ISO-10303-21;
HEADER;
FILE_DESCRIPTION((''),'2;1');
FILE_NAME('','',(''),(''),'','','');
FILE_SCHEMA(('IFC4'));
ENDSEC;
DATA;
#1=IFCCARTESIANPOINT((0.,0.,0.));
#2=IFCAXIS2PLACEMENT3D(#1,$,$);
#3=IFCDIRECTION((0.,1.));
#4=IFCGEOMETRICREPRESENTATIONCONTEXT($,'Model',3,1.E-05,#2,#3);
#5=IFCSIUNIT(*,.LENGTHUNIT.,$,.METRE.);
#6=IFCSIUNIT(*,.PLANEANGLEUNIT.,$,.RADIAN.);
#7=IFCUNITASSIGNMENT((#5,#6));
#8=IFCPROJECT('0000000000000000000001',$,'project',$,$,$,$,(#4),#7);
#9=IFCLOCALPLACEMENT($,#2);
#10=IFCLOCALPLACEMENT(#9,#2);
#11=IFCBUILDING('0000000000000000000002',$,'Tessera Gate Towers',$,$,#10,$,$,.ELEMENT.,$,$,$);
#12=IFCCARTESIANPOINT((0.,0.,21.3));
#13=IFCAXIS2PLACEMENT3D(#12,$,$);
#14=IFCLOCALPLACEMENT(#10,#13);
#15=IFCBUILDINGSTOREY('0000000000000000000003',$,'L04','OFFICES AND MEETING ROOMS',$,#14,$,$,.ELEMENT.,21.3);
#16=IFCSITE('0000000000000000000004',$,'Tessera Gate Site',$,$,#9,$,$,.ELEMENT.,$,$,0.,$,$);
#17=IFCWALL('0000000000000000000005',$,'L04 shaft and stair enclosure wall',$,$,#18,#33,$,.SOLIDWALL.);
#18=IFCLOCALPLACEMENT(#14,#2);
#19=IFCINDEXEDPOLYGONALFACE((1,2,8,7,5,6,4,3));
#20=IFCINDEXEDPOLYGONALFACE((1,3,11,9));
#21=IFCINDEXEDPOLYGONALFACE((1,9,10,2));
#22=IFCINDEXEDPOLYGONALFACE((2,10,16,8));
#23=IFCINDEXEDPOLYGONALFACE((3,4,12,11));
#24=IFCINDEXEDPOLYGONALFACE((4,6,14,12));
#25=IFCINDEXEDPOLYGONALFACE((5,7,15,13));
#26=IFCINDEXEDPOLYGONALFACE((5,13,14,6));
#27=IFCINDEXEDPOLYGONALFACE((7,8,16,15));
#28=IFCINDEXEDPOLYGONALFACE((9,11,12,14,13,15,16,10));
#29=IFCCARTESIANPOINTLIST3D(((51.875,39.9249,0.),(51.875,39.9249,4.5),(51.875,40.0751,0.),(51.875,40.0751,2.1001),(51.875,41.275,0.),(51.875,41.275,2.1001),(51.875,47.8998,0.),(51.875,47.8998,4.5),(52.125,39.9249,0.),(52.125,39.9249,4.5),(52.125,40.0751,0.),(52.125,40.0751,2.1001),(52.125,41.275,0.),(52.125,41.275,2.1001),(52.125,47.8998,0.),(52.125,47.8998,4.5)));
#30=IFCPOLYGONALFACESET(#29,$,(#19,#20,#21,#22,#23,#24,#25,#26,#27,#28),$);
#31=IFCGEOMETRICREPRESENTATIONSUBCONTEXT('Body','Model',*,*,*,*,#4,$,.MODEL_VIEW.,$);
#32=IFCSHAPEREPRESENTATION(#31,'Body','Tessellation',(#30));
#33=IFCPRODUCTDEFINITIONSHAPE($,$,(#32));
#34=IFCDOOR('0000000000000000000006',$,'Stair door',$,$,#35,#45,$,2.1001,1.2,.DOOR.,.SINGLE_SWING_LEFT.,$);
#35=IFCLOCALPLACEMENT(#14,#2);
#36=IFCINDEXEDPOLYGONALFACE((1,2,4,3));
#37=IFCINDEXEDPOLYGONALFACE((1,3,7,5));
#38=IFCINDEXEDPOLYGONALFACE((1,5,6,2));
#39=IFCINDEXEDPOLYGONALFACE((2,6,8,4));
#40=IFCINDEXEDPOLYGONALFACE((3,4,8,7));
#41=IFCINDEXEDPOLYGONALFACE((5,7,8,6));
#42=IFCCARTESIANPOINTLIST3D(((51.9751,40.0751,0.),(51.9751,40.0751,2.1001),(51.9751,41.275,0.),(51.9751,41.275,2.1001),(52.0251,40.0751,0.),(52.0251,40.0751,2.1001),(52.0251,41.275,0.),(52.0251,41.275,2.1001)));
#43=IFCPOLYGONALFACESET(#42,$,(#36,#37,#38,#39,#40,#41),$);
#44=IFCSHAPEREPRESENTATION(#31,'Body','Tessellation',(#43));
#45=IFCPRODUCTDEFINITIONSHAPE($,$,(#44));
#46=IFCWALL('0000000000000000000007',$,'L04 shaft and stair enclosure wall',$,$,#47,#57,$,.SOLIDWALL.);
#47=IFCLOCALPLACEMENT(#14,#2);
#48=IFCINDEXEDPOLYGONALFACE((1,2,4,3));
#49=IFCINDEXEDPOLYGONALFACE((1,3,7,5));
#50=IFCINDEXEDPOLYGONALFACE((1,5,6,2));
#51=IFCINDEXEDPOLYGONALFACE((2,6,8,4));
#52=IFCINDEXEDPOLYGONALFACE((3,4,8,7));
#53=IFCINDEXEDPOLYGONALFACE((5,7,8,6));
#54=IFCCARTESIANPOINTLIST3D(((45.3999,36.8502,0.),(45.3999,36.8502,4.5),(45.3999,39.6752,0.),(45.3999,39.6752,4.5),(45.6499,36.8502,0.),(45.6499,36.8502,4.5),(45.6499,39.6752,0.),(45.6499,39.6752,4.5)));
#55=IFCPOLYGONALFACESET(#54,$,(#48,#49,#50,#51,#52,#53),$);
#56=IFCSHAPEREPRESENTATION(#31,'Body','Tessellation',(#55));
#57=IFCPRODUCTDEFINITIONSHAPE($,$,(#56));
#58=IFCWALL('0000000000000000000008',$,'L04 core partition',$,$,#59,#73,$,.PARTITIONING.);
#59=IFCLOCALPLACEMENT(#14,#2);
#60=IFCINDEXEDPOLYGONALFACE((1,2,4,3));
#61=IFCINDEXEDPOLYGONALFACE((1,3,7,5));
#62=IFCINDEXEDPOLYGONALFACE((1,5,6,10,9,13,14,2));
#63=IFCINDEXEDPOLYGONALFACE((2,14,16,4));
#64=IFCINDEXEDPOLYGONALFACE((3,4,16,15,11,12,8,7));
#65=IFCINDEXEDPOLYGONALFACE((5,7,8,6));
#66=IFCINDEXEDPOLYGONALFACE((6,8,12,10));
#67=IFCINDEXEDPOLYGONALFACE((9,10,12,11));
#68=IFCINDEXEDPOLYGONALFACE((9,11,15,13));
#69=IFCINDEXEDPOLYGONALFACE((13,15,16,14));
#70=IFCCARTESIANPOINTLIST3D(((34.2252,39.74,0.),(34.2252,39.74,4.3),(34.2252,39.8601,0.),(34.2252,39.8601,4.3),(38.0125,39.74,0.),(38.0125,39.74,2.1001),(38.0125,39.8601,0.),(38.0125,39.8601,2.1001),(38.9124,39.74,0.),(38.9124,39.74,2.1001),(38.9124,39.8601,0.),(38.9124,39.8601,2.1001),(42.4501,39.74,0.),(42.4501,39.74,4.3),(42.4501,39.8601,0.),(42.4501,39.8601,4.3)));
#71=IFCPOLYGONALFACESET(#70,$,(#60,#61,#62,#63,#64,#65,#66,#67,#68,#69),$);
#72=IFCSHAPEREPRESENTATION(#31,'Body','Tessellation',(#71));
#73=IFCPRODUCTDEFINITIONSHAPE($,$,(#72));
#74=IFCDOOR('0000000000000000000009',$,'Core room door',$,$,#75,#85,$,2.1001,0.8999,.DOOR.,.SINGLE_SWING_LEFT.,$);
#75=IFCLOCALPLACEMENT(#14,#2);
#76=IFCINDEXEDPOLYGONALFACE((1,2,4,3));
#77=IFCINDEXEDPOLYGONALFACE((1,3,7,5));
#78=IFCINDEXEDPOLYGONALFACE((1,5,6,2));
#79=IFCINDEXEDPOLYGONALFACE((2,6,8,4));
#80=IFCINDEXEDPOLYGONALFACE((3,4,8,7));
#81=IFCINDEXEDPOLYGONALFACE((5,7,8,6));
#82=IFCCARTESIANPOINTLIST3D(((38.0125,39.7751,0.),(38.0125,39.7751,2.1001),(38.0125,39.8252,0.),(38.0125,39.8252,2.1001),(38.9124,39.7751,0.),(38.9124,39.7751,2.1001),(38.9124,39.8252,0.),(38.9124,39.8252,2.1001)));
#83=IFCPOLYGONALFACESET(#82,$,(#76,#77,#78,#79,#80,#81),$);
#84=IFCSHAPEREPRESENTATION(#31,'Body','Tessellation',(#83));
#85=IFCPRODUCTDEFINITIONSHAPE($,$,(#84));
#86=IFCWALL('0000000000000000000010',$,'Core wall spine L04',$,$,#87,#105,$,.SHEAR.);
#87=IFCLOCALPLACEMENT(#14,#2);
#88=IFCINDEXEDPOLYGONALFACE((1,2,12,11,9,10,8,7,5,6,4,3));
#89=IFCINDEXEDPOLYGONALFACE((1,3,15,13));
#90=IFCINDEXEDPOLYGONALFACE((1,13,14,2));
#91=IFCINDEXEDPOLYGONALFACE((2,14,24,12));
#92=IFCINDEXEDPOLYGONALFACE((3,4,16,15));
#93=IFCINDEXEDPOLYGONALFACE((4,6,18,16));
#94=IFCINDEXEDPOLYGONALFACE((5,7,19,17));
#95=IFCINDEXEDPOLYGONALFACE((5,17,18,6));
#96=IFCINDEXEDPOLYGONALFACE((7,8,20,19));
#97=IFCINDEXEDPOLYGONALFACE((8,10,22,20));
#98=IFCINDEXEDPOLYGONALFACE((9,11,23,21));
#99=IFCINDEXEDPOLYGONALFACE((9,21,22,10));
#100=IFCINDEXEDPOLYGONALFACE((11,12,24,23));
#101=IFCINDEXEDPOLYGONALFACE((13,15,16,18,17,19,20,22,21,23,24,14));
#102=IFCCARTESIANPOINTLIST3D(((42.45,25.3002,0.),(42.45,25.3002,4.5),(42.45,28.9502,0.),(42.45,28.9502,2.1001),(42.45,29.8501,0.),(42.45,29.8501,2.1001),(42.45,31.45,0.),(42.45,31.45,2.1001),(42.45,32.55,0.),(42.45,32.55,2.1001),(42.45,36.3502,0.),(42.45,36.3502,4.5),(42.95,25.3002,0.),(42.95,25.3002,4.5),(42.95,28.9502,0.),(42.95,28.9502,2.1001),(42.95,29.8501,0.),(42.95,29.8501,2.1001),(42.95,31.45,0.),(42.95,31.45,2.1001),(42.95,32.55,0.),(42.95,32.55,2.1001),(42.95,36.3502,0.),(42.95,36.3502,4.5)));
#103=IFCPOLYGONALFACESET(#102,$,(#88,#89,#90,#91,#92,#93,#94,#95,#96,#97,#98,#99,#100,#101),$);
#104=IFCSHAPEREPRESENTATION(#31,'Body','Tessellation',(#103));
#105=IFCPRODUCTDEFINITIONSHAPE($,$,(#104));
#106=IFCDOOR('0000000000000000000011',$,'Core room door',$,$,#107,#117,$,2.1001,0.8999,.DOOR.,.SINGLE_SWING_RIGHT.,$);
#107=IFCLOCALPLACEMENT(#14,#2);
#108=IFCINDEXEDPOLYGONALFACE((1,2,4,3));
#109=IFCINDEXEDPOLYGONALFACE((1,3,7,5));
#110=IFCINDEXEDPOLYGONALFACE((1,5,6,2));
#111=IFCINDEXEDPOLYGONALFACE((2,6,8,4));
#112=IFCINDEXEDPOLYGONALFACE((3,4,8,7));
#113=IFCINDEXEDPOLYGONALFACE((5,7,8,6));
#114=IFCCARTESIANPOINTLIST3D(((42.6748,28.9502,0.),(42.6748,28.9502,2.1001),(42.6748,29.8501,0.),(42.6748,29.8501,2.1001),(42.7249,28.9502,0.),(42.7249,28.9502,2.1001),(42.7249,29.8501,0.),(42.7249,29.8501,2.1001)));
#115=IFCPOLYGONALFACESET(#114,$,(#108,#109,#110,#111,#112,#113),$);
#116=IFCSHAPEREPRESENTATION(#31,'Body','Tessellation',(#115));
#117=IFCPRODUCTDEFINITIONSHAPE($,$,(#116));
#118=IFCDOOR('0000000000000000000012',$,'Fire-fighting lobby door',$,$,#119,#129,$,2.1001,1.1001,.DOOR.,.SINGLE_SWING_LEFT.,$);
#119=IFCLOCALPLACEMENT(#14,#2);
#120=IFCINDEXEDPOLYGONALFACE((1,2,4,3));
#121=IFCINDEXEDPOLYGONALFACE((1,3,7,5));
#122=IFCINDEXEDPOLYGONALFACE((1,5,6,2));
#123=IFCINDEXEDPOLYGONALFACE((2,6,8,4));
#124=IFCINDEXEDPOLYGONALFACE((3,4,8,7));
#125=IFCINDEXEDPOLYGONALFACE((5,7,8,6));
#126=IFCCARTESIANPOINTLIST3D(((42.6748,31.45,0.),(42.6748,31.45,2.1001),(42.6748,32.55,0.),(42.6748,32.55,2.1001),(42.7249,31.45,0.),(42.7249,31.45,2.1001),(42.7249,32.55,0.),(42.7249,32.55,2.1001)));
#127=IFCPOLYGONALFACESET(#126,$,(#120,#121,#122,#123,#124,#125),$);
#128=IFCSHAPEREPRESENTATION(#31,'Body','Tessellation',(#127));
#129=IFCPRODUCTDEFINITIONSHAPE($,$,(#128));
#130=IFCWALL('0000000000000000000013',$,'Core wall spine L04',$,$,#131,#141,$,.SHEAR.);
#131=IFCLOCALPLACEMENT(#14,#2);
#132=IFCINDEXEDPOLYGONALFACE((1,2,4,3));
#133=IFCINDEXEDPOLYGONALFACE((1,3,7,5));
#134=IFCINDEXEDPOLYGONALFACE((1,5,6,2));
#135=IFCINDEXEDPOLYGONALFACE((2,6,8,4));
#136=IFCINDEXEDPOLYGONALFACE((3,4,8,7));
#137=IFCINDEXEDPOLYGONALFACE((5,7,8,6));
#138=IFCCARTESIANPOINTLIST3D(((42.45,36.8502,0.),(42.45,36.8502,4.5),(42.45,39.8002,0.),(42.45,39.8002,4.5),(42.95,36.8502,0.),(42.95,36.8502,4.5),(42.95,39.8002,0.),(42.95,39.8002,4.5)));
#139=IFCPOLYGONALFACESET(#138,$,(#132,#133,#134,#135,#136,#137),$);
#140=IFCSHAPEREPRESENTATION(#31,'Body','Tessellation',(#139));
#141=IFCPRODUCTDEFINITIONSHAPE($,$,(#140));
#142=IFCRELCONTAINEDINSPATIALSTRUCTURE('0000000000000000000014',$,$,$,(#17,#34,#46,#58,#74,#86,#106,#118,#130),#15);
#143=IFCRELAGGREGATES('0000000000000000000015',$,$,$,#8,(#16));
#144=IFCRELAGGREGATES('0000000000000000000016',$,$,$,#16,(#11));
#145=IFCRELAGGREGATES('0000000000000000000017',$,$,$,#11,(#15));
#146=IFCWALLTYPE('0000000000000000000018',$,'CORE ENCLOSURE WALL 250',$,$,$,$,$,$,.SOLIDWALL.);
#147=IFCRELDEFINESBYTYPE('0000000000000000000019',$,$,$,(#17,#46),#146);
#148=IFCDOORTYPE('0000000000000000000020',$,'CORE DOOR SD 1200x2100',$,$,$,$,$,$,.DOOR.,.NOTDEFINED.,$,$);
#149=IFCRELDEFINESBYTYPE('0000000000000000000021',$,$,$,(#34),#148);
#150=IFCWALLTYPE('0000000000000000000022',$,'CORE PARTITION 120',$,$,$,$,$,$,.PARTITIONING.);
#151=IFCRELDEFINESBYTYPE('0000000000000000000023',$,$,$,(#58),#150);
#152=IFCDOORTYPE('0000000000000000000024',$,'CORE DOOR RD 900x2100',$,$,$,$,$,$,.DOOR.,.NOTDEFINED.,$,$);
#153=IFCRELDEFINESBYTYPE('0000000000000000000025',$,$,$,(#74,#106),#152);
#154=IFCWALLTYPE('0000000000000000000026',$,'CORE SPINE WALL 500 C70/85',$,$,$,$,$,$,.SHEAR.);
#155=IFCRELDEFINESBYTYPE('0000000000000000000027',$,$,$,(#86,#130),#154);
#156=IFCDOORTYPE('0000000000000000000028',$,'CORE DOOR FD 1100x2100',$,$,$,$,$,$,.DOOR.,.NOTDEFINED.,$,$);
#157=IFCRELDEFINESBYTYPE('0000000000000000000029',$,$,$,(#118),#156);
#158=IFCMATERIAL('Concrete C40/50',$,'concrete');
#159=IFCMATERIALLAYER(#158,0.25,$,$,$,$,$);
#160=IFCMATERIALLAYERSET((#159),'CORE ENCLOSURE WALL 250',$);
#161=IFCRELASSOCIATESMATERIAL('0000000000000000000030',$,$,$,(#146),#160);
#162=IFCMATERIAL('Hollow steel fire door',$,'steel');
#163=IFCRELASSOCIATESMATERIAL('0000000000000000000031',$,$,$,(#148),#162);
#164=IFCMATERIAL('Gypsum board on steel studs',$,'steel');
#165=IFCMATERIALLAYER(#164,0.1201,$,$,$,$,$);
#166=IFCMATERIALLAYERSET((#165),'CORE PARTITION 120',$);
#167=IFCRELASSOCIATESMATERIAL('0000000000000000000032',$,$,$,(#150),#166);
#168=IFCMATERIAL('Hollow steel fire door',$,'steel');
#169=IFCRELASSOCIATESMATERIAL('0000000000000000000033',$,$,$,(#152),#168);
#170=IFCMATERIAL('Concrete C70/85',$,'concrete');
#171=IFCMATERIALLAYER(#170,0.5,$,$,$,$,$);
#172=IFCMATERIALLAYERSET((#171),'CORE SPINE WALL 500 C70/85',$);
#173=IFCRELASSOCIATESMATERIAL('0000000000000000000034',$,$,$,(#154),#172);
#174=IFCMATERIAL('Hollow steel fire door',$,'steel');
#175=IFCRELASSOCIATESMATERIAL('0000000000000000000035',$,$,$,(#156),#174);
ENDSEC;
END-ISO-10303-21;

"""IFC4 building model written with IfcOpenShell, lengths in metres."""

from ifc_helpers import new_model, si_unit, direction, frame, frame_2d, origin, place, context, subcontext, project, spatial, rectangle, extrude, source, transform, mapped, material, layer, layer_set, type_object, element, fill, save


model = new_model("IFC4")

# Units and contexts
model_context = context("Model", 3, precision=1e-05, world=origin(), true_north=direction((0.0, 1.0)))
body_context = subcontext(model_context, "Body", "Model", "MODEL_VIEW")
ifc_project = project(units=[si_unit("LENGTHUNIT", "METRE"), si_unit("PLANEANGLEUNIT", "RADIAN")], contexts=[model_context])

# Site, building, storey
site_placement = place(None, origin())
site = spatial("IfcSite", under=ifc_project, at=site_placement, Name="Tessera Gate Site", CompositionType="ELEMENT", RefElevation=0.0)
building_placement = place(site_placement, origin())
building = spatial("IfcBuilding", under=site, at=building_placement, Name="Tessera Gate Towers", CompositionType="ELEMENT")
storey_placement = place(building_placement, frame((0.0, 0.0, 21.3)))
storey = spatial("IfcBuildingStorey", under=building, at=storey_placement, Name="L04", Description="OFFICES AND MEETING ROOMS", CompositionType="ELEMENT", Elevation=21.3)

# Shared definitions
ifc_material_1 = material(Name="Concrete C40/50", Category="concrete")
ifc_layer_1 = layer(ifc_material_1, 0.25)
ifc_layer_set_1 = layer_set([ifc_layer_1], Name="CORE ENCLOSURE WALL 250")
wall_type_1 = type_object("IfcWallType", Name="CORE ENCLOSURE WALL 250", PredefinedType="SOLIDWALL", material=ifc_layer_set_1)
shared_shape_1 = source(origin(), body_context, "Body", "SweptSolid", [
    extrude(rectangle(XDim=1.2, YDim=2.1001, at=frame_2d((0.6001, 1.05))), frame((0.0, 0.135, 0.0), z_axis=(0.0, -1.0, 0.0), x_axis=(1.0, 0.0, 0.0)), (0.0, 0.0, 1.0), 0.27),
])
ifc_material_2 = material(Name="Hollow steel fire door", Category="steel")
door_type_1 = type_object("IfcDoorType", Name="CORE DOOR SD 1200x2100", OperationType="NOTDEFINED", PredefinedType="DOOR", material=ifc_material_2)
shared_shape_2 = source(origin(), body_context, "Body", "SweptSolid", [
    extrude(rectangle(XDim=1.2, YDim=2.1001, at=frame_2d((0.6001, 1.05))), frame((0.0, 0.0249, 0.0), z_axis=(0.0, -1.0, 0.0), x_axis=(1.0, 0.0, 0.0)), (0.0, 0.0, 1.0), 0.05),
])

# Wall, opening, door
wall_1_placement = place(storey_placement, frame((52.0, 39.925, 0.0), z_axis=(0.0, 0.0, 1.0), x_axis=(0.0, 1.0, 0.0)))
wall_1 = element("IfcWall", 1, at=wall_1_placement, inside=storey, type_object=wall_type_1, Name="L04 shaft and stair enclosure wall", PredefinedType="SOLIDWALL", context=body_context, shape_type="SweptSolid", body=[
    extrude(rectangle(XDim=7.9749, YDim=0.25, at=frame_2d((3.9873, 0.0))), origin(), (0.0, 0.0, 1.0), 4.5),
])
opening_1_placement = place(wall_1_placement, frame((0.1499, 0.0, 0.0)))
opening_1 = element("IfcOpeningElement", 2, at=opening_1_placement, cuts=wall_1, PredefinedType="OPENING", context=body_context, shape_type="MappedRepresentation", body=[
    mapped(shared_shape_1, transform((0.0, 0.0, 0.0), scale=1.0)),
])
door_1_placement = place(opening_1_placement, origin())
door_1 = element("IfcDoor", 3, at=door_1_placement, inside=storey, type_object=door_type_1, Name="Stair door", OperationType="SINGLE_SWING_LEFT", OverallHeight=2.1001, OverallWidth=1.2, PredefinedType="DOOR", context=body_context, shape_type="MappedRepresentation", body=[
    mapped(shared_shape_2, transform((0.0, 0.0, 0.0), scale=1.0)),
])
fill(opening_1, door_1)

# Wall
wall_2_placement = place(storey_placement, frame((45.5249, 36.8501, 0.0), z_axis=(0.0, 0.0, 1.0), x_axis=(0.0, 1.0, 0.0)))
element("IfcWall", 4, at=wall_2_placement, inside=storey, type_object=wall_type_1, Name="L04 shaft and stair enclosure wall", PredefinedType="SOLIDWALL", context=body_context, shape_type="SweptSolid", body=[
    extrude(rectangle(XDim=2.825, YDim=0.25, at=frame_2d((1.4126, 0.0))), origin(), (0.0, 0.0, 1.0), 4.5),
])

# Wall, opening, door
ifc_material_3 = material(Name="Gypsum board on steel studs", Category="steel")
ifc_layer_2 = layer(ifc_material_3, 0.1201)
ifc_layer_set_2 = layer_set([ifc_layer_2], Name="CORE PARTITION 120")
wall_type_2 = type_object("IfcWallType", Name="CORE PARTITION 120", PredefinedType="PARTITIONING", material=ifc_layer_set_2)
wall_3_placement = place(storey_placement, frame((42.45, 39.8, 0.0), z_axis=(0.0, 0.0, 1.0), x_axis=(-1.0, 0.0, 0.0)))
wall_3 = element("IfcWall", 5, at=wall_3_placement, inside=storey, type_object=wall_type_2, Name="L04 core partition", PredefinedType="PARTITIONING", context=body_context, shape_type="SweptSolid", body=[
    extrude(rectangle(XDim=8.2249, YDim=0.1201, at=frame_2d((4.1123, 0.0))), origin(), (0.0, 0.0, 1.0), 4.3),
])
shared_shape_3 = source(origin(), body_context, "Body", "SweptSolid", [
    extrude(rectangle(XDim=0.8999, YDim=2.1001, at=frame_2d((0.45, 1.05))), frame((0.0, 0.0701, 0.0), z_axis=(0.0, -1.0, 0.0), x_axis=(1.0, 0.0, 0.0)), (0.0, 0.0, 1.0), 0.1401),
])
opening_2_placement = place(wall_3_placement, frame((3.5376, 0.0, 0.0)))
opening_2 = element("IfcOpeningElement", 6, at=opening_2_placement, cuts=wall_3, PredefinedType="OPENING", context=body_context, shape_type="MappedRepresentation", body=[
    mapped(shared_shape_3, transform((0.0, 0.0, 0.0), scale=1.0)),
])
ifc_material_4 = material(Name="Hollow steel fire door", Category="steel")
door_type_2 = type_object("IfcDoorType", Name="CORE DOOR RD 900x2100", OperationType="NOTDEFINED", PredefinedType="DOOR", material=ifc_material_4)
shared_shape_4 = source(origin(), body_context, "Body", "SweptSolid", [
    extrude(rectangle(XDim=0.8999, YDim=2.1001, at=frame_2d((0.45, 1.05))), frame((0.0, 0.0249, 0.0), z_axis=(0.0, -1.0, 0.0), x_axis=(1.0, 0.0, 0.0)), (0.0, 0.0, 1.0), 0.05),
])
door_2_placement = place(opening_2_placement, origin())
door_2 = element("IfcDoor", 7, at=door_2_placement, inside=storey, type_object=door_type_2, Name="Core room door", OperationType="SINGLE_SWING_LEFT", OverallHeight=2.1001, OverallWidth=0.8999, PredefinedType="DOOR", context=body_context, shape_type="MappedRepresentation", body=[
    mapped(shared_shape_4, transform((0.0, 0.0, 0.0), scale=1.0)),
])
fill(opening_2, door_2)

# Wall, openings, doors
ifc_material_5 = material(Name="Concrete C70/85", Category="concrete")
ifc_layer_3 = layer(ifc_material_5, 0.5)
ifc_layer_set_3 = layer_set([ifc_layer_3], Name="CORE SPINE WALL 500 C70/85")
wall_type_3 = type_object("IfcWallType", Name="CORE SPINE WALL 500 C70/85", PredefinedType="SHEAR", material=ifc_layer_set_3)
wall_4_placement = place(storey_placement, frame((42.7, 36.3501, 0.0), z_axis=(0.0, 0.0, 1.0), x_axis=(0.0, -1.0, 0.0)))
wall_4 = element("IfcWall", 8, at=wall_4_placement, inside=storey, type_object=wall_type_3, Name="Core wall spine L04", PredefinedType="SHEAR", context=body_context, shape_type="SweptSolid", body=[
    extrude(rectangle(XDim=11.05, YDim=0.5, at=frame_2d((5.5249, 0.0))), origin(), (0.0, 0.0, 1.0), 4.5),
])
shared_shape_5 = source(origin(), body_context, "Body", "SweptSolid", [
    extrude(rectangle(XDim=0.8999, YDim=2.1001, at=frame_2d((0.45, 1.05))), frame((0.0, 0.26, 0.0), z_axis=(0.0, -1.0, 0.0), x_axis=(1.0, 0.0, 0.0)), (0.0, 0.0, 1.0), 0.52),
])
opening_3_placement = place(wall_4_placement, frame((6.5, 0.0, 0.0)))
opening_3 = element("IfcOpeningElement", 9, at=opening_3_placement, cuts=wall_4, PredefinedType="OPENING", context=body_context, shape_type="MappedRepresentation", body=[
    mapped(shared_shape_5, transform((0.0, 0.0, 0.0), scale=1.0)),
])
shared_shape_6 = source(origin(), body_context, "Body", "SweptSolid", [
    extrude(rectangle(XDim=1.1001, YDim=2.1001, at=frame_2d((0.55, 1.05))), frame((0.0, 0.26, 0.0), z_axis=(0.0, -1.0, 0.0), x_axis=(1.0, 0.0, 0.0)), (0.0, 0.0, 1.0), 0.52),
])
opening_4_placement = place(wall_4_placement, frame((3.8, 0.0, 0.0)))
opening_4 = element("IfcOpeningElement", 10, at=opening_4_placement, cuts=wall_4, PredefinedType="OPENING", context=body_context, shape_type="MappedRepresentation", body=[
    mapped(shared_shape_6, transform((0.0, 0.0, 0.0), scale=1.0)),
])
door_3_placement = place(opening_3_placement, origin())
door_3 = element("IfcDoor", 11, at=door_3_placement, inside=storey, type_object=door_type_2, Name="Core room door", OperationType="SINGLE_SWING_RIGHT", OverallHeight=2.1001, OverallWidth=0.8999, PredefinedType="DOOR", context=body_context, shape_type="MappedRepresentation", body=[
    mapped(shared_shape_4, transform((0.0, 0.0, 0.0), scale=1.0)),
])
fill(opening_3, door_3)
ifc_material_6 = material(Name="Hollow steel fire door", Category="steel")
door_type_3 = type_object("IfcDoorType", Name="CORE DOOR FD 1100x2100", OperationType="NOTDEFINED", PredefinedType="DOOR", material=ifc_material_6)
shared_shape_7 = source(origin(), body_context, "Body", "SweptSolid", [
    extrude(rectangle(XDim=1.1001, YDim=2.1001, at=frame_2d((0.55, 1.05))), frame((0.0, 0.0249, 0.0), z_axis=(0.0, -1.0, 0.0), x_axis=(1.0, 0.0, 0.0)), (0.0, 0.0, 1.0), 0.05),
])
door_4_placement = place(opening_4_placement, origin())
door_4 = element("IfcDoor", 12, at=door_4_placement, inside=storey, type_object=door_type_3, Name="Fire-fighting lobby door", OperationType="SINGLE_SWING_LEFT", OverallHeight=2.1001, OverallWidth=1.1001, PredefinedType="DOOR", context=body_context, shape_type="MappedRepresentation", body=[
    mapped(shared_shape_7, transform((0.0, 0.0, 0.0), scale=1.0)),
])
fill(opening_4, door_4)

# Wall
wall_5_placement = place(storey_placement, frame((42.7, 36.8501, 0.0), z_axis=(0.0, 0.0, 1.0), x_axis=(0.0, 1.0, 0.0)))
element("IfcWall", 13, at=wall_5_placement, inside=storey, type_object=wall_type_3, Name="Core wall spine L04", PredefinedType="SHEAR", context=body_context, shape_type="SweptSolid", body=[
    extrude(rectangle(XDim=2.95, YDim=0.5, at=frame_2d((1.4751, 0.0))), origin(), (0.0, 0.0, 1.0), 4.5),
])

save(model, "model.ifc")
